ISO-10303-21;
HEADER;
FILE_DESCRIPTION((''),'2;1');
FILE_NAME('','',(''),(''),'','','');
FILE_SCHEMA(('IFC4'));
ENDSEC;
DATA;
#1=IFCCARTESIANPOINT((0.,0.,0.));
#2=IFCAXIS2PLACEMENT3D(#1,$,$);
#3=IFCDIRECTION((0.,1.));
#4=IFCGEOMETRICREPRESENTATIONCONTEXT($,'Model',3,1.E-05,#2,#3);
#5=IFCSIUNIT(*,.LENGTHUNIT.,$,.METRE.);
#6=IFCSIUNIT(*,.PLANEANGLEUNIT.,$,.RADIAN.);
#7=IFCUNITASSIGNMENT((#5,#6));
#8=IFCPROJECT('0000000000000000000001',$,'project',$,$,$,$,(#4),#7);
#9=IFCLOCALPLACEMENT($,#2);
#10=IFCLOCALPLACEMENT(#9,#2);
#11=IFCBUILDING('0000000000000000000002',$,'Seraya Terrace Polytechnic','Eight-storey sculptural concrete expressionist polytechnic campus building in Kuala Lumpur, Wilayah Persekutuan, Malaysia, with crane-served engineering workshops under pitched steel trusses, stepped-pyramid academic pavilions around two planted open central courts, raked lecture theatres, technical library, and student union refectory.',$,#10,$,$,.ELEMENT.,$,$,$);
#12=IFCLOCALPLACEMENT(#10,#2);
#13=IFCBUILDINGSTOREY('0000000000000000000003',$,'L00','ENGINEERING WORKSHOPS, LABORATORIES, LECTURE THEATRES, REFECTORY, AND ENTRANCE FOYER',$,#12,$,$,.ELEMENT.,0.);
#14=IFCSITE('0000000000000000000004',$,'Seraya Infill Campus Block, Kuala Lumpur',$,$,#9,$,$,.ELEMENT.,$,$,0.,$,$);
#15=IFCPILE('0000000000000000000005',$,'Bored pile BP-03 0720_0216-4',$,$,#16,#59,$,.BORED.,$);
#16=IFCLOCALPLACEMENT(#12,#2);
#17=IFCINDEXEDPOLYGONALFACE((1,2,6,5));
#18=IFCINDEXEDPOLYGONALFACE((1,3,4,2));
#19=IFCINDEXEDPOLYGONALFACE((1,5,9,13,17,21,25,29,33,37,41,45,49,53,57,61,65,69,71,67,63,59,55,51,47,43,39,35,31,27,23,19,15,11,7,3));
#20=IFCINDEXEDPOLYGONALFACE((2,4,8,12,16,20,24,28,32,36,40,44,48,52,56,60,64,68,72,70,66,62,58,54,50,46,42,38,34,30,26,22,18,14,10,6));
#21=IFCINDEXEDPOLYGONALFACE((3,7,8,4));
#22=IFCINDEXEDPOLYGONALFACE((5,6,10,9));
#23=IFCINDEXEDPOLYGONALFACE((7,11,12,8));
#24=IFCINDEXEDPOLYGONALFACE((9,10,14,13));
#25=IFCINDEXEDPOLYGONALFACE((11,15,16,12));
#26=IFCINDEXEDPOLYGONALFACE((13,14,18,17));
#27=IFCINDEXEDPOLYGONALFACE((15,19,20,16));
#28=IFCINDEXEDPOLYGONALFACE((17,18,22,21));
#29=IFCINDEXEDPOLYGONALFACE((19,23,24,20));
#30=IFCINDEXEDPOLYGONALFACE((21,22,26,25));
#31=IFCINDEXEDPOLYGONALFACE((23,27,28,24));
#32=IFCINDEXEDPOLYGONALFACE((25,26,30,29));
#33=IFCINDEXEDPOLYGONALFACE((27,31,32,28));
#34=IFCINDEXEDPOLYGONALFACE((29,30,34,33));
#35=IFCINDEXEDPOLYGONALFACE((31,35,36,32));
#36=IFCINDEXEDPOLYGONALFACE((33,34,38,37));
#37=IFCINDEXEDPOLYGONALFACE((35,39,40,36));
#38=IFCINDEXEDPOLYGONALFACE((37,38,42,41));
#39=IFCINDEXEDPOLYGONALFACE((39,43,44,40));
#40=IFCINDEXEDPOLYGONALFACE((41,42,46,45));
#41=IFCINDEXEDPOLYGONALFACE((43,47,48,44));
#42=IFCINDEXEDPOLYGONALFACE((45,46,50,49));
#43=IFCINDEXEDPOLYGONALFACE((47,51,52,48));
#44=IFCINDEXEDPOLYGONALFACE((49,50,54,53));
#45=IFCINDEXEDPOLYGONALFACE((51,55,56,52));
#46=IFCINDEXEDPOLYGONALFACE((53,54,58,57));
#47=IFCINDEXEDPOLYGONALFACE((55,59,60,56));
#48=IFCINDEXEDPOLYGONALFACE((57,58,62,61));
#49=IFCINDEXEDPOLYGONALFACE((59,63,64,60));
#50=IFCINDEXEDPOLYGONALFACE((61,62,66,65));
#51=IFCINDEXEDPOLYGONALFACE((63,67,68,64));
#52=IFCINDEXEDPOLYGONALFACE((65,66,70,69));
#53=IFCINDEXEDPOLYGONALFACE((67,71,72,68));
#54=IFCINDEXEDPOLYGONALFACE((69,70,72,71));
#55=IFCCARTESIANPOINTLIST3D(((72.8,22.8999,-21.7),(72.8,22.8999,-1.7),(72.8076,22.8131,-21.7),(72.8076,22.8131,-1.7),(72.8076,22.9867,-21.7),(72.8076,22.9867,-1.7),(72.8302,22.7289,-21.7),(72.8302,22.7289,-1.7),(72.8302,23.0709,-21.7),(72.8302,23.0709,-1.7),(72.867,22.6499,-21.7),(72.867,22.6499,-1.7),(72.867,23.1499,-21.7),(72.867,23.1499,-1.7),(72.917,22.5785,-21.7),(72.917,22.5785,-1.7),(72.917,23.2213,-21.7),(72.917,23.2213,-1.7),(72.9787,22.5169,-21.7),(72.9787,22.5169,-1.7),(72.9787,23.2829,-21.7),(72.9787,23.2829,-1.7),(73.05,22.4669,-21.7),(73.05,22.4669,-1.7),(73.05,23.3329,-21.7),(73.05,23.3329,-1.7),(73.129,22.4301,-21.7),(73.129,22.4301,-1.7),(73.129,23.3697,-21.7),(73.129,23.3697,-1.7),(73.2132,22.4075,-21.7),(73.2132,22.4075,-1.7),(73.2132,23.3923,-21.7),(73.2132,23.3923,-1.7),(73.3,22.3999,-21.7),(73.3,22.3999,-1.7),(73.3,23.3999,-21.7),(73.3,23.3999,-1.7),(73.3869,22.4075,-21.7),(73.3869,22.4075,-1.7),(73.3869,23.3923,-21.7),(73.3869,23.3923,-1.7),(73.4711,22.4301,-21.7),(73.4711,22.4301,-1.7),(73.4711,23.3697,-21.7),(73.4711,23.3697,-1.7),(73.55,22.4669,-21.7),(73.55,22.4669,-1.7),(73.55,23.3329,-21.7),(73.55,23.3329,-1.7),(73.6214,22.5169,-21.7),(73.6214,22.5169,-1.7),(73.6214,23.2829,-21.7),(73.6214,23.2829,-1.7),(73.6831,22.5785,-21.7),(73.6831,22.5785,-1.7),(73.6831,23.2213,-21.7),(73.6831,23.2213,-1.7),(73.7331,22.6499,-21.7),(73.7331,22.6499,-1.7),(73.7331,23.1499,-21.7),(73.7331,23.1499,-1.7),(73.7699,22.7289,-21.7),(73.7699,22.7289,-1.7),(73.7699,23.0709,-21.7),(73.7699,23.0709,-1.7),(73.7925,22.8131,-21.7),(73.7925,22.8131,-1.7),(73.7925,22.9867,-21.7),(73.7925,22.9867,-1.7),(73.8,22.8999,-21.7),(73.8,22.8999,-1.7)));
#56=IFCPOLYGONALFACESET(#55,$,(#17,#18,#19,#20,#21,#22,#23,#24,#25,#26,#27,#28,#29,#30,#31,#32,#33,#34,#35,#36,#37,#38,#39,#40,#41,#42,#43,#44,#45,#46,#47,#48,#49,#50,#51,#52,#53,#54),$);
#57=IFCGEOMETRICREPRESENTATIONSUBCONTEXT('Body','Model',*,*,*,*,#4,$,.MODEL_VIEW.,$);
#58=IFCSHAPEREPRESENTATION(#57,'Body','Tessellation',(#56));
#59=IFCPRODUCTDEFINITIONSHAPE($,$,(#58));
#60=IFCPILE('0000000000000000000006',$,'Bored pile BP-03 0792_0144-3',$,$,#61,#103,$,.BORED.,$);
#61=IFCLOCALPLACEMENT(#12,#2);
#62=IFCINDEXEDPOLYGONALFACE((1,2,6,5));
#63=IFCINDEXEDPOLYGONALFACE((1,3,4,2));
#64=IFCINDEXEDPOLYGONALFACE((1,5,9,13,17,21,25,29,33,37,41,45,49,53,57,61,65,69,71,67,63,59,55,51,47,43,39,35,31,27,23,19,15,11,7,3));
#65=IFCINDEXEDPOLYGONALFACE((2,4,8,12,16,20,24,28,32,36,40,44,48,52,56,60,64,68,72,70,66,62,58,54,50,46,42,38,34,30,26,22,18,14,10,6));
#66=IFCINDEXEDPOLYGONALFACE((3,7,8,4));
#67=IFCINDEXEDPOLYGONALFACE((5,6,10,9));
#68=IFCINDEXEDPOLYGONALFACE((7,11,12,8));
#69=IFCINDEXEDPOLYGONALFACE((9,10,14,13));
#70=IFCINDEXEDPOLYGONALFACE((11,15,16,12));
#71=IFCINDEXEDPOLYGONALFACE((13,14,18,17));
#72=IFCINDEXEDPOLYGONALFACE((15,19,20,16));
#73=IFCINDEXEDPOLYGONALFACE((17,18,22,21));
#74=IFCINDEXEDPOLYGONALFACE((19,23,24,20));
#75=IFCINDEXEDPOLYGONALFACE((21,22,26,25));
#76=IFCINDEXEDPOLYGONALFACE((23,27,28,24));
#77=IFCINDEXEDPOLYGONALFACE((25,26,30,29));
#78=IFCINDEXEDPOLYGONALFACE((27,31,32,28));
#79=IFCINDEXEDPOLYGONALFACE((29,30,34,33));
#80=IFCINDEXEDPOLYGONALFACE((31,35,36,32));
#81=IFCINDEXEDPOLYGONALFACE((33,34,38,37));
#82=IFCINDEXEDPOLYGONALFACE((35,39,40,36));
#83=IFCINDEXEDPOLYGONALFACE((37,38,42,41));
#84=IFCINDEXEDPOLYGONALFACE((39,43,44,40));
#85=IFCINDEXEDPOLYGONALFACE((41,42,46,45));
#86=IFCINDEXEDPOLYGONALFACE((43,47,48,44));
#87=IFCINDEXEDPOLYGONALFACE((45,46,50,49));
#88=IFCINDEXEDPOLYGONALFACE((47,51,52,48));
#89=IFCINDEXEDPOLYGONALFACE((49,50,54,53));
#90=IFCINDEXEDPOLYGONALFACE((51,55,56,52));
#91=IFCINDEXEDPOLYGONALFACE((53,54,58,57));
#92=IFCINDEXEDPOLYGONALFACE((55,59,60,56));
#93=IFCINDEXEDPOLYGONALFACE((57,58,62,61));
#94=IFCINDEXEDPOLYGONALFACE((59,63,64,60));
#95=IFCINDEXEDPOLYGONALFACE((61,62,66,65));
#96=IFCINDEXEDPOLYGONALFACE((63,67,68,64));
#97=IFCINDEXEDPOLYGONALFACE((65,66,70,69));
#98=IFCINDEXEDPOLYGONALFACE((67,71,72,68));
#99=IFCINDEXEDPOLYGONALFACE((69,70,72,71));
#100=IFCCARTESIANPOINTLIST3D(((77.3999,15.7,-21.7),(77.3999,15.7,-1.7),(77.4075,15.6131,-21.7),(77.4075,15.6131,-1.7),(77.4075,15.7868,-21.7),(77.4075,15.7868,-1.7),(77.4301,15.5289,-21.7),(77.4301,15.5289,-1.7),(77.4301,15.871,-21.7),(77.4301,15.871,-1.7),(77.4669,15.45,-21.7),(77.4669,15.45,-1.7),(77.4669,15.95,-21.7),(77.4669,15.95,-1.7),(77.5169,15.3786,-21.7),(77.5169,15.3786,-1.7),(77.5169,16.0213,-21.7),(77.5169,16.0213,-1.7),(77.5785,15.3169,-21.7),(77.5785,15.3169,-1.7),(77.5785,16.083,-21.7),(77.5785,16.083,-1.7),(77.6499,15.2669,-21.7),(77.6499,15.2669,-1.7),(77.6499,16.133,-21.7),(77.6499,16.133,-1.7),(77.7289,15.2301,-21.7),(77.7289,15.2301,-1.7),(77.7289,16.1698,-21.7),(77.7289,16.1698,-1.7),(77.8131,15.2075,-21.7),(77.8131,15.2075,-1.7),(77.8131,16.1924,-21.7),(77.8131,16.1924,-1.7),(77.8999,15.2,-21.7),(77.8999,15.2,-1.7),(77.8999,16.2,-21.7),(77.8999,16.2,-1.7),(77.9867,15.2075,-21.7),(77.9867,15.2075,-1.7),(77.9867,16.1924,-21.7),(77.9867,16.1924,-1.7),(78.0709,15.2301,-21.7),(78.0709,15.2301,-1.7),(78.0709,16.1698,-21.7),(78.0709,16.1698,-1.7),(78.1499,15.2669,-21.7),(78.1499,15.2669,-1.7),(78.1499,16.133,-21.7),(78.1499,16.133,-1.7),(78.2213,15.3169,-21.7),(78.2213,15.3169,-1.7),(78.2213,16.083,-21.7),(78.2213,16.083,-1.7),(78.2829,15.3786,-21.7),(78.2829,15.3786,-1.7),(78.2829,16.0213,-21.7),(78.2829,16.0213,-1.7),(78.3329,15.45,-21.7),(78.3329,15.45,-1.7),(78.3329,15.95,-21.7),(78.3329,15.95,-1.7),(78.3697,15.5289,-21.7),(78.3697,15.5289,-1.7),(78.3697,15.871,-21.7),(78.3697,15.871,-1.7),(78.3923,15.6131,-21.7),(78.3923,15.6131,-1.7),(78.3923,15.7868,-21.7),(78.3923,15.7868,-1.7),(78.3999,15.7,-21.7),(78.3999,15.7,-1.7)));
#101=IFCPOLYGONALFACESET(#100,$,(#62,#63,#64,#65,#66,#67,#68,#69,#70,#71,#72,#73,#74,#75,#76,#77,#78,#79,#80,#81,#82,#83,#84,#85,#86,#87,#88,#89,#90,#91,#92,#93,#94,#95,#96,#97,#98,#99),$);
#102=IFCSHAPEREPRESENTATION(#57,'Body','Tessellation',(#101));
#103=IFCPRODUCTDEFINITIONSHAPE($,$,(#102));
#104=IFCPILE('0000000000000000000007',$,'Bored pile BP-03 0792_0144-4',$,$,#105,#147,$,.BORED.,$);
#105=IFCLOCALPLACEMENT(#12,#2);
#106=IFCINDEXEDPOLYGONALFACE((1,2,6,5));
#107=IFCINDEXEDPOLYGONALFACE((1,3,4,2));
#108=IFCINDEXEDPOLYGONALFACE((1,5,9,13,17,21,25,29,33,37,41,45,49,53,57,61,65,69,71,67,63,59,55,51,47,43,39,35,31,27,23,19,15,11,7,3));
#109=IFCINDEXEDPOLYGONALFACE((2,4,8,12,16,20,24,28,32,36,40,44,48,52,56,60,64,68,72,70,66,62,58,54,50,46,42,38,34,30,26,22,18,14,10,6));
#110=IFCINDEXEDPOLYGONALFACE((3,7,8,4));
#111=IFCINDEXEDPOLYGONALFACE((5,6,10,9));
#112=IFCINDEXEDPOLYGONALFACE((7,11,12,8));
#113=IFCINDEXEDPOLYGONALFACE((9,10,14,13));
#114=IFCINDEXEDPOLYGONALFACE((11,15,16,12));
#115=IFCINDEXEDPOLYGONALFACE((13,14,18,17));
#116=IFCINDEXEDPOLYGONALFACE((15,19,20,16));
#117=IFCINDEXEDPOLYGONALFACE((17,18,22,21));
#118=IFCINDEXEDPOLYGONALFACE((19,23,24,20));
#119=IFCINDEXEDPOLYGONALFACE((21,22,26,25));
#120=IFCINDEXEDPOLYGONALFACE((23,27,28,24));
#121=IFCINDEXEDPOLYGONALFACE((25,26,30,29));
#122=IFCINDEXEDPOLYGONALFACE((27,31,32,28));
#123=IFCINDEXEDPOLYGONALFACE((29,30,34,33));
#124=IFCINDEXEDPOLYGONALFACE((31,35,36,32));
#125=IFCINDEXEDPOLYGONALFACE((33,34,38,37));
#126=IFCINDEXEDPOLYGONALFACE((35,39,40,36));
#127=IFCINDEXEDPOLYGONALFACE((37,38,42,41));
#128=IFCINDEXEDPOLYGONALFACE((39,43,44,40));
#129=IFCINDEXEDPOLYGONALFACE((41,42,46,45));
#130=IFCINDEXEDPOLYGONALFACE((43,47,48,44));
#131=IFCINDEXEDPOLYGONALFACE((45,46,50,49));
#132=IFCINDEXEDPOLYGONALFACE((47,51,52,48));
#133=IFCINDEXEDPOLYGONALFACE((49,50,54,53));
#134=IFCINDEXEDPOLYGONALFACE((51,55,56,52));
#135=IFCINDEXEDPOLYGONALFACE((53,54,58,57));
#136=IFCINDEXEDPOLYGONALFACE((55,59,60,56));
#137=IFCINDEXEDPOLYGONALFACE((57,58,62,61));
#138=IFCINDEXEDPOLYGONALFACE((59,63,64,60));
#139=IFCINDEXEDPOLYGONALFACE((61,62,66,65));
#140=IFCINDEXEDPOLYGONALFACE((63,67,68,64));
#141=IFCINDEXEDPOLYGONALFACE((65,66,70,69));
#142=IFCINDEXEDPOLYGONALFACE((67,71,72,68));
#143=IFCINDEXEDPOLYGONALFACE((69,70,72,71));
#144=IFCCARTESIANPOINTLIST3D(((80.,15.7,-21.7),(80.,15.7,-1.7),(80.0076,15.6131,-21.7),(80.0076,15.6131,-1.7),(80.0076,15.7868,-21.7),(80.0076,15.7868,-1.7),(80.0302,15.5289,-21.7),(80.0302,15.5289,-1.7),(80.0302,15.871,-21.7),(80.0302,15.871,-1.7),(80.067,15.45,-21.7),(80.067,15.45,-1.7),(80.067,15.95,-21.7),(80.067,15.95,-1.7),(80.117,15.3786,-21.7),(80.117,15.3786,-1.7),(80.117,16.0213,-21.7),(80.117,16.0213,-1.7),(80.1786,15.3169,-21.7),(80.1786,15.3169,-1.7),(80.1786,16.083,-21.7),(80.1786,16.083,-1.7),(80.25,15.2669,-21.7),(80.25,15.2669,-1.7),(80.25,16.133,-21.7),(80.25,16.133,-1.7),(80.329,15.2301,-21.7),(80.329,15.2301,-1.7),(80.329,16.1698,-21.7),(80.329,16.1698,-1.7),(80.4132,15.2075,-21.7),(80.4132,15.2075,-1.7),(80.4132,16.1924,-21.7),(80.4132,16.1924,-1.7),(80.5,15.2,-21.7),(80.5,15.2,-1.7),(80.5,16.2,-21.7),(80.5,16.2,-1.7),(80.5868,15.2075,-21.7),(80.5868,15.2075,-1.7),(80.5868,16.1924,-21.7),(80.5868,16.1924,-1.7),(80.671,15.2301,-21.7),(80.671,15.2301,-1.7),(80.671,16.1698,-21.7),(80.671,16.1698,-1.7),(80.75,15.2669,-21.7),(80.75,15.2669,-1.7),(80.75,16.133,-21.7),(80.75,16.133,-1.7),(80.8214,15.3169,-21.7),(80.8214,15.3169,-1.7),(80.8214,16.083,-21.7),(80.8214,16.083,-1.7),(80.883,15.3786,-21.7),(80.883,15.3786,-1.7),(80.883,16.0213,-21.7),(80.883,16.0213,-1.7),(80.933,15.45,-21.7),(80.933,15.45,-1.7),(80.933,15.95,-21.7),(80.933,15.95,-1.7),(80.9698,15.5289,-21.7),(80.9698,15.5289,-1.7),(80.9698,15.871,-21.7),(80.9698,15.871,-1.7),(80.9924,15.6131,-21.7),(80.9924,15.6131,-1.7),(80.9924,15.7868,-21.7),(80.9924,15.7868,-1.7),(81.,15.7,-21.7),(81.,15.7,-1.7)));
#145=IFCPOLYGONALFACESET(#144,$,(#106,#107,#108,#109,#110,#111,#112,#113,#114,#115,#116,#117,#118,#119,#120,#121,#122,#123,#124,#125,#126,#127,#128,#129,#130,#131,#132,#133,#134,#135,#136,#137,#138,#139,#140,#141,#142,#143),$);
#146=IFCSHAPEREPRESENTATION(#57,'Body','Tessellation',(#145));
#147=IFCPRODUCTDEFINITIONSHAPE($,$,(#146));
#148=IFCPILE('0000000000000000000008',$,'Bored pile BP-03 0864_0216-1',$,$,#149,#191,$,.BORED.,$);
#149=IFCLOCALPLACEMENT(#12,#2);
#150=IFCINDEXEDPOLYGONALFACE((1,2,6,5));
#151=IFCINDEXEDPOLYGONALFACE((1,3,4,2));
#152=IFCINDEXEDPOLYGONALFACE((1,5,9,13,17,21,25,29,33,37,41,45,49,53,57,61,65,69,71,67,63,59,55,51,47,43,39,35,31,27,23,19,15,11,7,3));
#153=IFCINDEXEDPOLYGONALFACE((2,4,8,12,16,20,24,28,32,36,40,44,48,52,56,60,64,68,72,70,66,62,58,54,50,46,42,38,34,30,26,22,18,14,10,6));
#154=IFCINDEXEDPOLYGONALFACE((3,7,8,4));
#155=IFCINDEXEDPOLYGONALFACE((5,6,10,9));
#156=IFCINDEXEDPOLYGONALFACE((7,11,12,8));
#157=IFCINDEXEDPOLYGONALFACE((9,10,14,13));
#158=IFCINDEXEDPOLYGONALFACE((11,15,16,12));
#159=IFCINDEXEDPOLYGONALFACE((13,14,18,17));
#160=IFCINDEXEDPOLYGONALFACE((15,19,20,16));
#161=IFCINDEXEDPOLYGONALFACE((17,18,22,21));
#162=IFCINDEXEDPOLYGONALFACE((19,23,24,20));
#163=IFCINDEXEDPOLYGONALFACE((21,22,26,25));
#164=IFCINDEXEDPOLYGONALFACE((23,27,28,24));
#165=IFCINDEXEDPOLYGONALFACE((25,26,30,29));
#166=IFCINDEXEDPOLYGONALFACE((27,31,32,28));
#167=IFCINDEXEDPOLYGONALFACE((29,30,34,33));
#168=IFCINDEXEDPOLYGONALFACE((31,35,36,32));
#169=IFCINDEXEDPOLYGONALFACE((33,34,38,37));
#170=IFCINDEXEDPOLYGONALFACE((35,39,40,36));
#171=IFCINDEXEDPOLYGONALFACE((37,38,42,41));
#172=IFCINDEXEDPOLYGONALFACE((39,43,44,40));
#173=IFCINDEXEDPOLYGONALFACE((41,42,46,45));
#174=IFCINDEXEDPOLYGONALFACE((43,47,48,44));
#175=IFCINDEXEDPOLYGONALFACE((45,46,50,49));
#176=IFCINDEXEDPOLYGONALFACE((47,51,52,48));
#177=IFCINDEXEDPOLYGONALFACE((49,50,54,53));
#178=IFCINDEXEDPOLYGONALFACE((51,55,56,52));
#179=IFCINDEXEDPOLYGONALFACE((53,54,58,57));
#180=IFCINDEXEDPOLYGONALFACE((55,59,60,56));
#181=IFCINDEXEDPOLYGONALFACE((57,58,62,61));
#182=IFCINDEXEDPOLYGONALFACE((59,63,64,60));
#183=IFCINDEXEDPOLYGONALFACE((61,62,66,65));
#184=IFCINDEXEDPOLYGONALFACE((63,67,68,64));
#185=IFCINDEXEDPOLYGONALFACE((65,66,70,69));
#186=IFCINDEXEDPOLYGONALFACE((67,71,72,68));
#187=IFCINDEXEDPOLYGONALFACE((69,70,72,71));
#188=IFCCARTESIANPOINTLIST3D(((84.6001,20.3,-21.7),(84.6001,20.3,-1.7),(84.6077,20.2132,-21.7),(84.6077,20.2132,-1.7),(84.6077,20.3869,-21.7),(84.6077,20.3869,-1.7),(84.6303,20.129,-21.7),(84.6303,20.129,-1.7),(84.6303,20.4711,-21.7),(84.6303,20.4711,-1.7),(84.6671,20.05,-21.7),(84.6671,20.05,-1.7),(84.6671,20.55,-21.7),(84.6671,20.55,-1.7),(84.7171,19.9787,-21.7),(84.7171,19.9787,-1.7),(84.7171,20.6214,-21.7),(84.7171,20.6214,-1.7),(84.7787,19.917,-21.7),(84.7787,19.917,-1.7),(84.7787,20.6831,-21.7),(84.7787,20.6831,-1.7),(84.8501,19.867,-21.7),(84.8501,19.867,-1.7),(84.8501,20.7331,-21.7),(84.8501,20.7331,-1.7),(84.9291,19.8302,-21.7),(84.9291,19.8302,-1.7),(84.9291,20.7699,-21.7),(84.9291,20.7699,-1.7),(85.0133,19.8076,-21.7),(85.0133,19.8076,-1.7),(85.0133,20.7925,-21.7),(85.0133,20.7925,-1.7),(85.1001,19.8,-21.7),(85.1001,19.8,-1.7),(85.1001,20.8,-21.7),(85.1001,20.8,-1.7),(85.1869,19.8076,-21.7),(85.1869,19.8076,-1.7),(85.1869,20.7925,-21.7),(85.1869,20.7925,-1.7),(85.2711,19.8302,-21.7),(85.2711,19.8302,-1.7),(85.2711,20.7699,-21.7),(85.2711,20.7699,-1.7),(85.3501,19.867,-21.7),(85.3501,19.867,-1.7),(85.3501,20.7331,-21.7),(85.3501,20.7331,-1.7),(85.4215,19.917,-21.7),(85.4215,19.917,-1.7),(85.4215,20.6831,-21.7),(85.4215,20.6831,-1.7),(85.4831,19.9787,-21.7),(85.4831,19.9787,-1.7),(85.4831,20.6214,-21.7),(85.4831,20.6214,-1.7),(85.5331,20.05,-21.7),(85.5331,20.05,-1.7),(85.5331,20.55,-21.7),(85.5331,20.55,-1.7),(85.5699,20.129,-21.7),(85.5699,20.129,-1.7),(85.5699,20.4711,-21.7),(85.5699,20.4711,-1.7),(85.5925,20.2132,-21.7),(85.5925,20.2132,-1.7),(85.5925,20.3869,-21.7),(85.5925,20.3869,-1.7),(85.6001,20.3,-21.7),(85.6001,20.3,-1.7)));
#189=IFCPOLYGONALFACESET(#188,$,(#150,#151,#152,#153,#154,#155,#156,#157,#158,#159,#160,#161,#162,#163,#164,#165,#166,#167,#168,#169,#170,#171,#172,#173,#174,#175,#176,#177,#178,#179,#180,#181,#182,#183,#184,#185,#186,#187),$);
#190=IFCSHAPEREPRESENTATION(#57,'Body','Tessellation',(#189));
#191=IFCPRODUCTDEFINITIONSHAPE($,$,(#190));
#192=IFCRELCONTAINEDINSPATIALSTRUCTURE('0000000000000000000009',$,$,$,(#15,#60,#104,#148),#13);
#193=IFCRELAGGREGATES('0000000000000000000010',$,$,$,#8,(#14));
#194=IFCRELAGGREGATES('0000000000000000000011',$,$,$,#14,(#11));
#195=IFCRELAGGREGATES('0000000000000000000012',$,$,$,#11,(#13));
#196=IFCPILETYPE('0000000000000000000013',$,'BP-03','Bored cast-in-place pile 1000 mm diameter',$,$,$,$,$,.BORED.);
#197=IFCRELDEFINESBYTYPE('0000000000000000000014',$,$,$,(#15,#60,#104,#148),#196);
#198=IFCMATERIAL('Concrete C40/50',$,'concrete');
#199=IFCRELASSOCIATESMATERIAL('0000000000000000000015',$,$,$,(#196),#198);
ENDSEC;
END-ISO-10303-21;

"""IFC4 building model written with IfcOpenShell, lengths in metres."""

from ifc_helpers import new_model, si_unit, direction, frame, origin, origin_2d, place, context, subcontext, project, spatial, circle, extrude, material, material_profile, profile_set, type_object, element, save


model = new_model("IFC4")

# Units and contexts
model_context = context("Model", 3, precision=1e-05, world=origin(), true_north=direction((0.0, 1.0)))
body_context = subcontext(model_context, "Body", "Model", "MODEL_VIEW")
ifc_project = project(units=[si_unit("LENGTHUNIT", "METRE"), si_unit("PLANEANGLEUNIT", "RADIAN")], contexts=[model_context])

# Site, building, storey
site_placement = place(None, origin())
site = spatial("IfcSite", under=ifc_project, at=site_placement, Name="Seraya Infill Campus Block, Kuala Lumpur", CompositionType="ELEMENT", RefElevation=0.0)
building_placement = place(site_placement, origin())
building = spatial("IfcBuilding", under=site, at=building_placement, Name="Seraya Terrace Polytechnic", Description="Eight-storey sculptural concrete expressionist polytechnic campus building in Kuala Lumpur, Wilayah Persekutuan, Malaysia, with crane-served engineering workshops under pitched steel trusses, stepped-pyramid academic pavilions around two planted open central courts, raked lecture theatres, technical library, and student union refectory.", CompositionType="ELEMENT")
storey_placement = place(building_placement, origin())
storey = spatial("IfcBuildingStorey", under=building, at=storey_placement, Name="L00", Description="ENGINEERING WORKSHOPS, LABORATORIES, LECTURE THEATRES, REFECTORY, AND ENTRANCE FOYER", CompositionType="ELEMENT", Elevation=0.0)

# Piles
ifc_material_1 = material(Name="Concrete C40/50", Category="concrete")
ifc_material_profile_1 = material_profile(ifc_material_1, circle(Radius=0.5, at=origin_2d()), Name="DIA 1000")
ifc_profile_set_1 = profile_set([ifc_material_profile_1], Name="Concrete C40/50")
pile_type_1 = type_object("IfcPileType", Name="BP-03", Description="Bored cast-in-place pile 1000 mm diameter", PredefinedType="BORED", material=ifc_profile_set_1)
for number, where, z_axis, x_axis, name in (
    (1, (73.3, 22.8999, -1.7), (0.0, 0.0, -1.0), (1.0, 0.0, 0.0), "Bored pile BP-03 0720_0216-4"),
    (2, (77.8999, 15.7, -1.7), (0.0, 0.0, -1.0), (1.0, 0.0, 0.0), "Bored pile BP-03 0792_0144-3"),
    (3, (80.5, 15.7, -1.7), (0.0, 0.0, -1.0), (1.0, 0.0, 0.0), "Bored pile BP-03 0792_0144-4"),
    (4, (85.1001, 20.3, -1.7), (0.0, 0.0, -1.0), (1.0, 0.0, 0.0), "Bored pile BP-03 0864_0216-1"),
):
    element("IfcPile", number, at=place(storey_placement, frame(where, z_axis=z_axis, x_axis=x_axis)), inside=storey, type_object=pile_type_1, Name=name, PredefinedType="BORED", context=body_context, shape_type="SweptSolid", body=[
        extrude(circle(Radius=0.5, at=origin_2d()), origin(), (0.0, 0.0, 1.0), 20.0),
    ])

save(model, "model.ifc")
